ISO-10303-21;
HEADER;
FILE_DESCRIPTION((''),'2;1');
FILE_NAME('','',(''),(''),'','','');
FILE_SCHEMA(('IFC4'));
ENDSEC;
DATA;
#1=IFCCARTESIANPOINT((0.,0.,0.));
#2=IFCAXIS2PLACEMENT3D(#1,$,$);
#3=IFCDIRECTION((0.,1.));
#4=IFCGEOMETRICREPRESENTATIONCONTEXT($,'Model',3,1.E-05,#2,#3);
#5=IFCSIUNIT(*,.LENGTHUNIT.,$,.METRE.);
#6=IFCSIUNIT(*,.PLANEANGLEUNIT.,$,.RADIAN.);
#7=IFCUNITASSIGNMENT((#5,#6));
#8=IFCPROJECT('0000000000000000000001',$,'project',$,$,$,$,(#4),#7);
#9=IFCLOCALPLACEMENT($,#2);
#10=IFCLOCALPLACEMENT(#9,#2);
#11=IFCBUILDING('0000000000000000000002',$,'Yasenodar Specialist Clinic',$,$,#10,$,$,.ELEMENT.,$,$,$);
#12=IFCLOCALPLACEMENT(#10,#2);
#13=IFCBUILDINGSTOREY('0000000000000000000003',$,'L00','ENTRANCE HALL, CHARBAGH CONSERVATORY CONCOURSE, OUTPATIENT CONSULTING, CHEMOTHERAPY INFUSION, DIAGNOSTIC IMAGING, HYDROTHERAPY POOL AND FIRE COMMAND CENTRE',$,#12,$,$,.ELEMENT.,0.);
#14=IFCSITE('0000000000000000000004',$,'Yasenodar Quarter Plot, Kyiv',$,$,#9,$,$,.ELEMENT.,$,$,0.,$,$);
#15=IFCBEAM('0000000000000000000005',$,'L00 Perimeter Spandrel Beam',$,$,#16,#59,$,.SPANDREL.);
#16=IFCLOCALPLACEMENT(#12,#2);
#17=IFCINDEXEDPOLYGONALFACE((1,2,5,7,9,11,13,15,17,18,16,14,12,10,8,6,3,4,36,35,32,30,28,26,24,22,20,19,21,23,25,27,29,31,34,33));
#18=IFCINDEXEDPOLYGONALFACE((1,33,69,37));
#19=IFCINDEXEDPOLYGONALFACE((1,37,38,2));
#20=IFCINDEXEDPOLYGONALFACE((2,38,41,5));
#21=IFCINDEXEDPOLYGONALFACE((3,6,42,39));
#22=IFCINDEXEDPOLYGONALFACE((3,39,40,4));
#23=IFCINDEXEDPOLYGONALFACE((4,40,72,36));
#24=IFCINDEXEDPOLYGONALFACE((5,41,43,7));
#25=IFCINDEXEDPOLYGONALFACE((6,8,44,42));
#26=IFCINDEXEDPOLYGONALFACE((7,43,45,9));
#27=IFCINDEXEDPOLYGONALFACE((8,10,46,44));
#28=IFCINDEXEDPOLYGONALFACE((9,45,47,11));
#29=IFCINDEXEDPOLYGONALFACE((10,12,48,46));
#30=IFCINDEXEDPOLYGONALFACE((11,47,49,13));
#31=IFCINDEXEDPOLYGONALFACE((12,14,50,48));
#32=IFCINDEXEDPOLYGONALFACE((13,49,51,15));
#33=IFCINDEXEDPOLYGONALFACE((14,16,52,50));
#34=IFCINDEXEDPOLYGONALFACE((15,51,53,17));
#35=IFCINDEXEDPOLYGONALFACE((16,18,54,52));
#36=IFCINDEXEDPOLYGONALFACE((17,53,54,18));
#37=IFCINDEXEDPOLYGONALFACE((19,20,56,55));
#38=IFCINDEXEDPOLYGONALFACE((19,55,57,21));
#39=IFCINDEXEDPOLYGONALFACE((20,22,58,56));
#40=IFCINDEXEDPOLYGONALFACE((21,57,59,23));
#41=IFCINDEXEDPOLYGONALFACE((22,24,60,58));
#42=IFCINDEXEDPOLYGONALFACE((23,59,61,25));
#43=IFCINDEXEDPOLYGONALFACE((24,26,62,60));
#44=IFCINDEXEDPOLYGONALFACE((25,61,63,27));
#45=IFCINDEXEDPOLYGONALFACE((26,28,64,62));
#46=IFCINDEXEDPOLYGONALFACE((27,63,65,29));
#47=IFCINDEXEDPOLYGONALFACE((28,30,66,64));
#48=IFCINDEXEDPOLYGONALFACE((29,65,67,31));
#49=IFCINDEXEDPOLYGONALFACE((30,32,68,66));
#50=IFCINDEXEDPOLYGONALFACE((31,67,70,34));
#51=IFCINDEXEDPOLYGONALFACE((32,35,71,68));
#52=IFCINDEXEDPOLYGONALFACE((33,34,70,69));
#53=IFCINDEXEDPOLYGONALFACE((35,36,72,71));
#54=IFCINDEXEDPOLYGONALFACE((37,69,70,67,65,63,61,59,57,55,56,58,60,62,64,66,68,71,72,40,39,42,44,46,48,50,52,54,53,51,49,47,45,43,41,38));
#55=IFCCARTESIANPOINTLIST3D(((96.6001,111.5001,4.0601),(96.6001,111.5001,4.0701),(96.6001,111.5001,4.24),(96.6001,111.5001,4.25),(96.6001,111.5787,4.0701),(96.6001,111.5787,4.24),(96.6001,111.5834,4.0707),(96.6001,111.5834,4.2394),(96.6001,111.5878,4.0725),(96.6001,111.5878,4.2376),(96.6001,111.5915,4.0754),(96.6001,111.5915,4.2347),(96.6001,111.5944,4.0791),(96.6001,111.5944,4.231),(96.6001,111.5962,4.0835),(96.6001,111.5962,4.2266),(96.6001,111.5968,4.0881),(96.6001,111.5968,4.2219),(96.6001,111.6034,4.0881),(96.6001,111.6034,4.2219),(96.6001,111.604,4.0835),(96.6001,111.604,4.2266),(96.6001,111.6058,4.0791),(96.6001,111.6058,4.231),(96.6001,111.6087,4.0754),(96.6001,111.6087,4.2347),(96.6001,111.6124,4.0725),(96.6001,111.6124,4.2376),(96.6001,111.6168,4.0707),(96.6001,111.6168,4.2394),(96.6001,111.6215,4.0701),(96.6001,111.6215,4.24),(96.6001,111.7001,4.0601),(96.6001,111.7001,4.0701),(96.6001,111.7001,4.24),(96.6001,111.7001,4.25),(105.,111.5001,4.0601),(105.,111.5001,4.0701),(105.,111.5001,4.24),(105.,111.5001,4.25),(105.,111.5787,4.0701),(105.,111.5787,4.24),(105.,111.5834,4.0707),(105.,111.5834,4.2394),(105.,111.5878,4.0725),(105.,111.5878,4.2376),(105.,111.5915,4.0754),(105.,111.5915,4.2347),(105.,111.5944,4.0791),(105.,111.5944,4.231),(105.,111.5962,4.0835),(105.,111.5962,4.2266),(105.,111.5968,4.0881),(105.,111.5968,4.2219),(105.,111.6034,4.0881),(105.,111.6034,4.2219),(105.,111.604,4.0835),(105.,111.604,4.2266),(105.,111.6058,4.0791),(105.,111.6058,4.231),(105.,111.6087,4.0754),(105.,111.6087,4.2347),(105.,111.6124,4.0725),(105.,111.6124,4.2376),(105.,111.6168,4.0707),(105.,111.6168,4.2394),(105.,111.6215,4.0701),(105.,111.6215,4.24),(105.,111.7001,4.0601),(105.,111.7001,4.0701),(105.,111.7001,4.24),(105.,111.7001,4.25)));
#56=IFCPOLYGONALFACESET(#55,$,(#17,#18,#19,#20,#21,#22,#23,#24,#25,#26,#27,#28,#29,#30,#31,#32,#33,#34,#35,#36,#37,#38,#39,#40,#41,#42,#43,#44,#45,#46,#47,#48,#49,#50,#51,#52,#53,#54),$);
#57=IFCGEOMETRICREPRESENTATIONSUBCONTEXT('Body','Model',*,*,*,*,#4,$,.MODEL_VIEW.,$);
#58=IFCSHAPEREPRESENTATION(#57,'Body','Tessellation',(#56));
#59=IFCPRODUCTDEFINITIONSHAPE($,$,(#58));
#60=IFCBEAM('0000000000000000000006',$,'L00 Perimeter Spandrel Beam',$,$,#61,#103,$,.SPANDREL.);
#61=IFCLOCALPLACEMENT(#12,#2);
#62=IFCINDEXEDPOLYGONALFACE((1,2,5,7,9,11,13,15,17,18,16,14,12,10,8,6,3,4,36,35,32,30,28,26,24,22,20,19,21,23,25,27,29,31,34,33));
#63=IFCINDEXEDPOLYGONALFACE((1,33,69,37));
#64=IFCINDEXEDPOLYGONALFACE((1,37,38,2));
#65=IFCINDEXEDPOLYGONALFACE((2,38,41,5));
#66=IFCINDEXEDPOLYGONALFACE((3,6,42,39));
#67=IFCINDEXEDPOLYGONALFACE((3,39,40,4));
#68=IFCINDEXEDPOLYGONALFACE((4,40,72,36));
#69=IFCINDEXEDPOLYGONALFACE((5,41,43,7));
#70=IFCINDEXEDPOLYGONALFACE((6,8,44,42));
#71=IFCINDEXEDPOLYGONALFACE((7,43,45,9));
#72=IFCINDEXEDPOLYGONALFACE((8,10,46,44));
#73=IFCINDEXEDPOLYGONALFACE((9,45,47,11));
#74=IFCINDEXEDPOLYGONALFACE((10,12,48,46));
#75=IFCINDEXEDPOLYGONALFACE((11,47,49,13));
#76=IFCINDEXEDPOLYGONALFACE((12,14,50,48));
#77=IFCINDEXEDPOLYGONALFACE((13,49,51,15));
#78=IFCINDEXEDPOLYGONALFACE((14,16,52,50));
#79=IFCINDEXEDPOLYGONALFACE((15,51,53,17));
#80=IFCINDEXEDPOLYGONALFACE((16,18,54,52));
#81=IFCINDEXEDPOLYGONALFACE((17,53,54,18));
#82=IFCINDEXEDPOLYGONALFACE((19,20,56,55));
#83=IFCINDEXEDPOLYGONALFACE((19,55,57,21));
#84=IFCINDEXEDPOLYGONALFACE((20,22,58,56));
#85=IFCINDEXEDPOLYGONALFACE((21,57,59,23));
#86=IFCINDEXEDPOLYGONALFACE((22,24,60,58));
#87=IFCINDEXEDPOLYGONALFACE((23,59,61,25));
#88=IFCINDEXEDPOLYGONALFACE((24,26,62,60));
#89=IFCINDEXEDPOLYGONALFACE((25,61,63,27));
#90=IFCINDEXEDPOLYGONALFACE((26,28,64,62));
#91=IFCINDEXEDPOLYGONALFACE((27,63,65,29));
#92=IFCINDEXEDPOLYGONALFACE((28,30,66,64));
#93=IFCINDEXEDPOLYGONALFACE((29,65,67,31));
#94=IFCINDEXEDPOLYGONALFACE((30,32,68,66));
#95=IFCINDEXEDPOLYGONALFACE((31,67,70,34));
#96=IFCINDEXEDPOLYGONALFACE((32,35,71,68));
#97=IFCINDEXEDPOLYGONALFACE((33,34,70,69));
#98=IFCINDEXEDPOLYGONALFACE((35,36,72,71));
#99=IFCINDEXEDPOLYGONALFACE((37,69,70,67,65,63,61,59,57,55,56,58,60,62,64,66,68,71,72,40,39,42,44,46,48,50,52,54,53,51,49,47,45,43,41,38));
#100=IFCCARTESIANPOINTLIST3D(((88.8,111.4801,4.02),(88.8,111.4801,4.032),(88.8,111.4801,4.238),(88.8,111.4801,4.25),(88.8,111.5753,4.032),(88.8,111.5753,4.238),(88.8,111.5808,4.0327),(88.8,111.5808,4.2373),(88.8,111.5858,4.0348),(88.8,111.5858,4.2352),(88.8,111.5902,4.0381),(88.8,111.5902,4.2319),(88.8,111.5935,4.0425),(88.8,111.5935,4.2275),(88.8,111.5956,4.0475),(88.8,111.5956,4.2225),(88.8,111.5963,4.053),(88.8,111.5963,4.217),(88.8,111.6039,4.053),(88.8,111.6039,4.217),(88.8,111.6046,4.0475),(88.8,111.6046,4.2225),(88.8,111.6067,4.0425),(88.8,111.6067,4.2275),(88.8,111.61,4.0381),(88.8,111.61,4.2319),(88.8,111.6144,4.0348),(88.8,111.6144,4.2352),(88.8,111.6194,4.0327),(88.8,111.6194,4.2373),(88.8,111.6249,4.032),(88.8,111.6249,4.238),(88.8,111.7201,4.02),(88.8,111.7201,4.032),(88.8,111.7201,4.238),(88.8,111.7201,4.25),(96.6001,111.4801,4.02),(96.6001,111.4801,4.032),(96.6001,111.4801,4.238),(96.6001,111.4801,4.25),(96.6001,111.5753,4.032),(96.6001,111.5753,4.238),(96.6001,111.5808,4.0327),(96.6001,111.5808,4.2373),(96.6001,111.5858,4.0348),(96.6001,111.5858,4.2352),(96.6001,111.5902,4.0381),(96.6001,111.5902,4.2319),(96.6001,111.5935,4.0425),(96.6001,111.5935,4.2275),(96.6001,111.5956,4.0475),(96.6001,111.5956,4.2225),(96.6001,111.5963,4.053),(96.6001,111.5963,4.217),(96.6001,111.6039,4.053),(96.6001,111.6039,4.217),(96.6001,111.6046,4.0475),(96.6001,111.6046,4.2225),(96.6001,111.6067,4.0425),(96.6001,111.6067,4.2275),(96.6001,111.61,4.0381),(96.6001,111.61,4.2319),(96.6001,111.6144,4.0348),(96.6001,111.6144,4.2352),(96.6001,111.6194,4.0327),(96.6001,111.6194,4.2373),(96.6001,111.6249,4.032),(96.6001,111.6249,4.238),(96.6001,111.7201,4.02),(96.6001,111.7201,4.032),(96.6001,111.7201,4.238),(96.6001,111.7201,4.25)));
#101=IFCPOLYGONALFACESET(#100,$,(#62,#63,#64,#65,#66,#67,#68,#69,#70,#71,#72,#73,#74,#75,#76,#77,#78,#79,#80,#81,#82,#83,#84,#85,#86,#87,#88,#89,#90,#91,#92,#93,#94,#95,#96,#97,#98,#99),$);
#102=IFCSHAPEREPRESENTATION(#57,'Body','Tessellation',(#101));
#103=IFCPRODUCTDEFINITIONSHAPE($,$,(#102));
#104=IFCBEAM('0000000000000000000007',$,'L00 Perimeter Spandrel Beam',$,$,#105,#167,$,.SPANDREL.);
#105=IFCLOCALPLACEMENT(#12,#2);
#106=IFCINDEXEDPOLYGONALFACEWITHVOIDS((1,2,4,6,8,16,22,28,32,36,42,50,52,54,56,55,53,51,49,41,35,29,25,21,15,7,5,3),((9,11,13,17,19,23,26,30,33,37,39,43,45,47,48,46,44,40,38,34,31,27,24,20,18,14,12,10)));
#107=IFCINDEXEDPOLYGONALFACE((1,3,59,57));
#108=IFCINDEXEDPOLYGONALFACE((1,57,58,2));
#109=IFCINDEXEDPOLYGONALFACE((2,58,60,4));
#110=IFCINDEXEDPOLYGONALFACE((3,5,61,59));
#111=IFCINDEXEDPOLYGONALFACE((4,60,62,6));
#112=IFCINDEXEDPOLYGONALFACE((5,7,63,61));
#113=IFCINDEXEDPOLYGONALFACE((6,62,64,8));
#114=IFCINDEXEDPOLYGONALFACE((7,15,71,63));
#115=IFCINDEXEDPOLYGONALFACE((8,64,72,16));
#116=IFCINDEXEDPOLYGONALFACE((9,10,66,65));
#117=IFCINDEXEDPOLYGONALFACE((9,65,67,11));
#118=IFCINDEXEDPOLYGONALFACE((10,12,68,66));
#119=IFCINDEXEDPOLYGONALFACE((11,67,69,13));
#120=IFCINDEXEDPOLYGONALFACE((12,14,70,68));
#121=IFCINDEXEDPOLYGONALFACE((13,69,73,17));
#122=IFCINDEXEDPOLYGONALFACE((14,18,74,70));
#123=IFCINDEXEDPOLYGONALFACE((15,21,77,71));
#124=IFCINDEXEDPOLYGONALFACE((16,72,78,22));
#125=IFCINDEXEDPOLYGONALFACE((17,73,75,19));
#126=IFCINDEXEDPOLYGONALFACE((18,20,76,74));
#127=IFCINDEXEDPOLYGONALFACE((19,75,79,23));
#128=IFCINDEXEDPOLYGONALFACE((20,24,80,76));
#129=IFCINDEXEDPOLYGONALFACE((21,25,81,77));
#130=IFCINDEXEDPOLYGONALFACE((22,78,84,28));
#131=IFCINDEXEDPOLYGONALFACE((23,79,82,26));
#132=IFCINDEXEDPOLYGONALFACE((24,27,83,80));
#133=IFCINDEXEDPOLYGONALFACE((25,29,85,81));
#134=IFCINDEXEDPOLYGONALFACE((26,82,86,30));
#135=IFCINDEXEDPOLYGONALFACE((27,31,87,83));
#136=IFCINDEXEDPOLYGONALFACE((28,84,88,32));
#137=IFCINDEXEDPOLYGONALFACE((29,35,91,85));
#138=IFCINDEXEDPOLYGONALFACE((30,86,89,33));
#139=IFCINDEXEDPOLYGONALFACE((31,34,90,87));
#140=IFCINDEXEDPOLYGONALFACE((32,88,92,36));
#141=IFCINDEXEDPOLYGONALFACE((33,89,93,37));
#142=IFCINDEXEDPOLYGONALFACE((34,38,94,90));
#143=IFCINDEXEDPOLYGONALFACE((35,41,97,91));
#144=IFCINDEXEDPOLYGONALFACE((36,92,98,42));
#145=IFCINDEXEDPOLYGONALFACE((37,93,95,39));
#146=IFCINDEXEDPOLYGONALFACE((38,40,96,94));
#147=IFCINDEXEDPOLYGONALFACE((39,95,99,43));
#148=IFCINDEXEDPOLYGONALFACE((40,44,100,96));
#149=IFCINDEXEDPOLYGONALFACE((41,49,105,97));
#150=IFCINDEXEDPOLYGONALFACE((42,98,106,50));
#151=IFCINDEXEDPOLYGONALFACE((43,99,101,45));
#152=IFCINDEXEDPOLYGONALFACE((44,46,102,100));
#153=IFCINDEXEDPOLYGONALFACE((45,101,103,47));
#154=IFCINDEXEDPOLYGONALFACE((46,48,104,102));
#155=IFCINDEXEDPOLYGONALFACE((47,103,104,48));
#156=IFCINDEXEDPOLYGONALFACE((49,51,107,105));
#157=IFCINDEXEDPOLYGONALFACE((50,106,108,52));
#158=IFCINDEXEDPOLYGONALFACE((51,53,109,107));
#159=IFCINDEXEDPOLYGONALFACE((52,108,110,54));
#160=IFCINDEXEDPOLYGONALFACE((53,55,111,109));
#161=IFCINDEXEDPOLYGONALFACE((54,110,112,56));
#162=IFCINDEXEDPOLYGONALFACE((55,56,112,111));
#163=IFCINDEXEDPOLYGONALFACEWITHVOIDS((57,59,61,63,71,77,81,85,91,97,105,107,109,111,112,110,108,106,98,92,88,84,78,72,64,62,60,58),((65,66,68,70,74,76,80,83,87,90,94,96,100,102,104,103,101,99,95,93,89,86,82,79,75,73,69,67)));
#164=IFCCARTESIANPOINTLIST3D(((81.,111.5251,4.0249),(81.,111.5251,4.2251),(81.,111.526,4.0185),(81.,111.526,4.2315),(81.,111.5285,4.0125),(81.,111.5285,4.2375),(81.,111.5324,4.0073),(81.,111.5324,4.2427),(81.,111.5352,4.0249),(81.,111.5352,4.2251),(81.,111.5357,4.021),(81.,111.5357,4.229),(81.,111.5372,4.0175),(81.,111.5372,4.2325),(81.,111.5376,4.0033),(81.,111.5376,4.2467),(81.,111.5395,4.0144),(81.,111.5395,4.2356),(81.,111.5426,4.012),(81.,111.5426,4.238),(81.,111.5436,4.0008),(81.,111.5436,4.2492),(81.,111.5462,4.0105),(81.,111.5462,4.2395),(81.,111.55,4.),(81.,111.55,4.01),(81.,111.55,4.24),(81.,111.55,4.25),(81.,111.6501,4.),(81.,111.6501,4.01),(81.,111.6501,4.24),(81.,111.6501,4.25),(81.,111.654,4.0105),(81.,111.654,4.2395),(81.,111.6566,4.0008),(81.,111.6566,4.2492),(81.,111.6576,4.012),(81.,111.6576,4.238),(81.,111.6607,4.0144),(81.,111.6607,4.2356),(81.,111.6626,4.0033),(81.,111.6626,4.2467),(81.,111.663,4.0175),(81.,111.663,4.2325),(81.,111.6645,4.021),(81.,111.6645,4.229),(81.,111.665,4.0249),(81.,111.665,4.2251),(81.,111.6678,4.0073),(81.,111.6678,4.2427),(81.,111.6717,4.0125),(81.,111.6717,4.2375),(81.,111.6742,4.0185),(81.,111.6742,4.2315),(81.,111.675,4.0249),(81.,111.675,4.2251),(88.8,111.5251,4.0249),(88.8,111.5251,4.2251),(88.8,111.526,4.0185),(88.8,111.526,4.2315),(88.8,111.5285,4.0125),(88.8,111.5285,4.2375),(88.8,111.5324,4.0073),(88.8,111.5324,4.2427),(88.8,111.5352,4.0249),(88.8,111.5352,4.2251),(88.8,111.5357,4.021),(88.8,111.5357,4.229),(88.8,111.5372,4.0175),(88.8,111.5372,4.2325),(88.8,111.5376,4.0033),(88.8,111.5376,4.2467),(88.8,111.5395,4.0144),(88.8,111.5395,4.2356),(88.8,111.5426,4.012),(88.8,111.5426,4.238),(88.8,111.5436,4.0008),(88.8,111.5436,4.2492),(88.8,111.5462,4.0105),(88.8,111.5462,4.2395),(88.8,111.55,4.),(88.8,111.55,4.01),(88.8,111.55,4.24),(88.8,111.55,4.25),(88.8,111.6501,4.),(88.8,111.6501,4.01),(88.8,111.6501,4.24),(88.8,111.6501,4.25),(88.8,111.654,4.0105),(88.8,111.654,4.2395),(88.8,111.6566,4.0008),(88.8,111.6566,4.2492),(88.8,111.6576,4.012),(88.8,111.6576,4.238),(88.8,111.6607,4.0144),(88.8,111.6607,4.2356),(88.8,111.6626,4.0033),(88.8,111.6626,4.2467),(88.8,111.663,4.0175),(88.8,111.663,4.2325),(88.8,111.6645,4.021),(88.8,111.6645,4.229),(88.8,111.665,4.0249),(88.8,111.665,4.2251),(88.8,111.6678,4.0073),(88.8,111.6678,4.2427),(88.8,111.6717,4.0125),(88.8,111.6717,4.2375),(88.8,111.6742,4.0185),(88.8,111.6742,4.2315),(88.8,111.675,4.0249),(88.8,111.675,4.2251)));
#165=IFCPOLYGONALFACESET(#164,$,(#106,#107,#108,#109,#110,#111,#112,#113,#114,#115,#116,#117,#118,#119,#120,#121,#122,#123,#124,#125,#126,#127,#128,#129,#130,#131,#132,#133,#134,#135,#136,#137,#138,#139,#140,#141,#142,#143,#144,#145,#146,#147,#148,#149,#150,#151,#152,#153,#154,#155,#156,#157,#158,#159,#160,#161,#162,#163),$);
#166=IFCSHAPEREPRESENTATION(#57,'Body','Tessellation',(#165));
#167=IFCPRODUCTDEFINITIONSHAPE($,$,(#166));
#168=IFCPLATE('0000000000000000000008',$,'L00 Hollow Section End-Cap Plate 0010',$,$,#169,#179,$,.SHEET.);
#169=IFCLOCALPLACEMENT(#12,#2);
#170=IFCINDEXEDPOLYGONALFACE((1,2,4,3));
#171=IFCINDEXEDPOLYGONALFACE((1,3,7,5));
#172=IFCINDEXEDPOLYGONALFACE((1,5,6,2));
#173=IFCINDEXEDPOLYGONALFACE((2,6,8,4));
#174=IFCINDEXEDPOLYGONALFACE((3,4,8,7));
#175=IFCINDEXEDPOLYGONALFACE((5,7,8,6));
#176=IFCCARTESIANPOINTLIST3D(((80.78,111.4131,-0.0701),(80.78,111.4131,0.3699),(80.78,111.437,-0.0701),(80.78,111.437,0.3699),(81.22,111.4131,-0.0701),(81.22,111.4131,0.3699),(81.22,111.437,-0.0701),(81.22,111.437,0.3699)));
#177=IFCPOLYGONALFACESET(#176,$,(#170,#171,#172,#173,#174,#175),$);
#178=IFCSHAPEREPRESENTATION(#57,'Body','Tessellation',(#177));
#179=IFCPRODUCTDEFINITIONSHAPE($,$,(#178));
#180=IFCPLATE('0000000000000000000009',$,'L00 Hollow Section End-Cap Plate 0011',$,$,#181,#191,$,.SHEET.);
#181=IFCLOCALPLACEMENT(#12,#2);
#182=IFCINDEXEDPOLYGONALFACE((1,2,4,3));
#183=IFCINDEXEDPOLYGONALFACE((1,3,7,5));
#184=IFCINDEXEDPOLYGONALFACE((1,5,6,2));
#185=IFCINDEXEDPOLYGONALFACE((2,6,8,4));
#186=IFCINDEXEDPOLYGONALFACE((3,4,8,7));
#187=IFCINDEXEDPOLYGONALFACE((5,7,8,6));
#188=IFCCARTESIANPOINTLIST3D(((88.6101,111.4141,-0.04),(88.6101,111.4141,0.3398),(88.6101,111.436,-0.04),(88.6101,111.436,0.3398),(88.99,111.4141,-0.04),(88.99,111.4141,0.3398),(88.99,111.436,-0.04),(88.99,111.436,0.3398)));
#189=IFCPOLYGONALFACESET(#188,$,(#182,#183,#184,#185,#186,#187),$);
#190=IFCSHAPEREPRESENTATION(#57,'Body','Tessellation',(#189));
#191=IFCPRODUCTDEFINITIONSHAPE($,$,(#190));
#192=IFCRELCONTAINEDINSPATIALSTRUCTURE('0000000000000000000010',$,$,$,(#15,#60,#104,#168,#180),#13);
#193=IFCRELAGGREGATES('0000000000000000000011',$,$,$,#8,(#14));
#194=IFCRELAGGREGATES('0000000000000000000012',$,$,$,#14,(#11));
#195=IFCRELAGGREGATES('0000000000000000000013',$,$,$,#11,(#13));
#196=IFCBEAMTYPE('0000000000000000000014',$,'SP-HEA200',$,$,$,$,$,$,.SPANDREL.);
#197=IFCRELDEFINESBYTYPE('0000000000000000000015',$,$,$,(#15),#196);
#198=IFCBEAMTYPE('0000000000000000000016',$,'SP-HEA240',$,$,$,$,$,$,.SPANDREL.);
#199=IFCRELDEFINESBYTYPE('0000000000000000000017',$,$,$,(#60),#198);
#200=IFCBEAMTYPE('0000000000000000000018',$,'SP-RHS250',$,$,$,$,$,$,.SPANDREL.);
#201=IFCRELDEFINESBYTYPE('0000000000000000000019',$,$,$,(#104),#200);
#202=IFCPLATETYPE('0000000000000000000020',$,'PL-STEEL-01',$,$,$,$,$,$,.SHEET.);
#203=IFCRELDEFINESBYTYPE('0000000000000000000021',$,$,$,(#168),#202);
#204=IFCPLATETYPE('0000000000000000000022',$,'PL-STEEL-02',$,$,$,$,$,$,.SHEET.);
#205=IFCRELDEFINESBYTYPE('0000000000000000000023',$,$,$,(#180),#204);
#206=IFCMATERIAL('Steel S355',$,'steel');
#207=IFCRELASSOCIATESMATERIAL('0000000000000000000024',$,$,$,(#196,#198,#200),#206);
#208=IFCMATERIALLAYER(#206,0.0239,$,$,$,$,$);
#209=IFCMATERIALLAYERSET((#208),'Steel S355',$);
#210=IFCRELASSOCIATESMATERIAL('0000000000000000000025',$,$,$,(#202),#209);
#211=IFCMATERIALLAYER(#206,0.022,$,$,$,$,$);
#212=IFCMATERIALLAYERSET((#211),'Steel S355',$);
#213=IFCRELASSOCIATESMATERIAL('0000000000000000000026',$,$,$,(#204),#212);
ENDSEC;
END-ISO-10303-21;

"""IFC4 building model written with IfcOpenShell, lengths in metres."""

from ifc_helpers import new_model, si_unit, direction, frame, origin, origin_2d, place, context, subcontext, project, spatial, rectangle, hollow_rectangle, i_section, extrude, material, layer, layer_set, material_profile, profile_set, type_object, element, save


model = new_model("IFC4")

# Units and contexts
model_context = context("Model", 3, precision=1e-05, world=origin(), true_north=direction((0.0, 1.0)))
body_context = subcontext(model_context, "Body", "Model", "MODEL_VIEW")
ifc_project = project(units=[si_unit("LENGTHUNIT", "METRE"), si_unit("PLANEANGLEUNIT", "RADIAN")], contexts=[model_context])

# Site, building, storey
site_placement = place(None, origin())
site = spatial("IfcSite", under=ifc_project, at=site_placement, Name="Yasenodar Quarter Plot, Kyiv", CompositionType="ELEMENT", RefElevation=0.0)
building_placement = place(site_placement, origin())
building = spatial("IfcBuilding", under=site, at=building_placement, Name="Yasenodar Specialist Clinic", CompositionType="ELEMENT")
storey_placement = place(building_placement, origin())
storey = spatial("IfcBuildingStorey", under=building, at=storey_placement, Name="L00", Description="ENTRANCE HALL, CHARBAGH CONSERVATORY CONCOURSE, OUTPATIENT CONSULTING, CHEMOTHERAPY INFUSION, DIAGNOSTIC IMAGING, HYDROTHERAPY POOL AND FIRE COMMAND CENTRE", CompositionType="ELEMENT", Elevation=0.0)

# Shared definitions
ifc_material_1 = material(Name="Steel S355", Category="steel")

# Beams
ifc_material_profile_1 = material_profile(ifc_material_1, i_section(OverallWidth=0.2, OverallDepth=0.1899, WebThickness=0.0066, FlangeThickness=0.01, FilletRadius=0.0181, at=origin_2d()), Name="HEA 200")
ifc_profile_set_1 = profile_set([ifc_material_profile_1], Name="Steel S355")
beam_type_1 = type_object("IfcBeamType", Name="SP-HEA200", PredefinedType="SPANDREL", material=ifc_profile_set_1)
beam_1_placement = place(storey_placement, frame((96.6001, 111.6001, 4.155), z_axis=(1.0, 0.0, 0.0), x_axis=(0.0, 1.0, 0.0)))
element("IfcBeam", 1, at=beam_1_placement, inside=storey, type_object=beam_type_1, Name="L00 Perimeter Spandrel Beam", PredefinedType="SPANDREL", context=body_context, shape_type="SweptSolid", body=[
    extrude(i_section(OverallWidth=0.2, OverallDepth=0.1899, WebThickness=0.0066, FlangeThickness=0.01, FilletRadius=0.0181, at=origin_2d()), origin(), (0.0, 0.0, 1.0), 8.3999),
])
ifc_material_profile_2 = material_profile(ifc_material_1, i_section(OverallWidth=0.24, OverallDepth=0.23, WebThickness=0.0076, FlangeThickness=0.012, FilletRadius=0.021, at=origin_2d()), Name="HEA 240")
ifc_profile_set_2 = profile_set([ifc_material_profile_2], Name="Steel S355")
beam_type_2 = type_object("IfcBeamType", Name="SP-HEA240", PredefinedType="SPANDREL", material=ifc_profile_set_2)
beam_2_placement = place(storey_placement, frame((88.8, 111.6001, 4.135), z_axis=(1.0, 0.0, 0.0), x_axis=(0.0, 1.0, 0.0)))
element("IfcBeam", 2, at=beam_2_placement, inside=storey, type_object=beam_type_2, Name="L00 Perimeter Spandrel Beam", PredefinedType="SPANDREL", context=body_context, shape_type="SweptSolid", body=[
    extrude(i_section(OverallWidth=0.24, OverallDepth=0.23, WebThickness=0.0076, FlangeThickness=0.012, FilletRadius=0.021, at=origin_2d()), origin(), (0.0, 0.0, 1.0), 7.8),
])
ifc_material_profile_3 = material_profile(ifc_material_1, hollow_rectangle(XDim=0.1499, YDim=0.25, WallThickness=0.01, InnerFilletRadius=0.0149, OuterFilletRadius=0.0249, at=origin_2d()), Name="RHS 250x150x10")
ifc_profile_set_3 = profile_set([ifc_material_profile_3], Name="Steel S355")
beam_type_3 = type_object("IfcBeamType", Name="SP-RHS250", PredefinedType="SPANDREL", material=ifc_profile_set_3)
beam_3_placement = place(storey_placement, frame((81.0, 111.6001, 4.125), z_axis=(1.0, 0.0, 0.0), x_axis=(0.0, 1.0, 0.0)))
element("IfcBeam", 3, at=beam_3_placement, inside=storey, type_object=beam_type_3, Name="L00 Perimeter Spandrel Beam", PredefinedType="SPANDREL", context=body_context, shape_type="SweptSolid", body=[
    extrude(hollow_rectangle(XDim=0.1499, YDim=0.25, WallThickness=0.01, InnerFilletRadius=0.0149, OuterFilletRadius=0.0249, at=origin_2d()), origin(), (0.0, 0.0, 1.0), 7.8),
])

# Plates
ifc_layer_1 = layer(ifc_material_1, 0.0239)
ifc_layer_set_1 = layer_set([ifc_layer_1], Name="Steel S355")
plate_type_1 = type_object("IfcPlateType", Name="PL-STEEL-01", PredefinedType="SHEET", material=ifc_layer_set_1)
plate_1_placement = place(storey_placement, frame((81.0, 111.425, -0.0701), z_axis=(0.0, 0.0, 1.0), x_axis=(1.0, 0.0, 0.0)))
element("IfcPlate", 4, at=plate_1_placement, inside=storey, type_object=plate_type_1, Name="L00 Hollow Section End-Cap Plate 0010", PredefinedType="SHEET", context=body_context, shape_type="SweptSolid", body=[
    extrude(rectangle(XDim=0.4399, YDim=0.0239, at=origin_2d()), origin(), (0.0, 0.0, 1.0), 0.4399),
])
ifc_layer_2 = layer(ifc_material_1, 0.022)
ifc_layer_set_2 = layer_set([ifc_layer_2], Name="Steel S355")
plate_type_2 = type_object("IfcPlateType", Name="PL-STEEL-02", PredefinedType="SHEET", material=ifc_layer_set_2)
plate_2_placement = place(storey_placement, frame((88.8, 111.425, -0.04), z_axis=(0.0, 0.0, 1.0), x_axis=(1.0, 0.0, 0.0)))
element("IfcPlate", 5, at=plate_2_placement, inside=storey, type_object=plate_type_2, Name="L00 Hollow Section End-Cap Plate 0011", PredefinedType="SHEET", context=body_context, shape_type="SweptSolid", body=[
    extrude(rectangle(XDim=0.3799, YDim=0.022, at=origin_2d()), origin(), (0.0, 0.0, 1.0), 0.3799),
])

save(model, "model.ifc")
